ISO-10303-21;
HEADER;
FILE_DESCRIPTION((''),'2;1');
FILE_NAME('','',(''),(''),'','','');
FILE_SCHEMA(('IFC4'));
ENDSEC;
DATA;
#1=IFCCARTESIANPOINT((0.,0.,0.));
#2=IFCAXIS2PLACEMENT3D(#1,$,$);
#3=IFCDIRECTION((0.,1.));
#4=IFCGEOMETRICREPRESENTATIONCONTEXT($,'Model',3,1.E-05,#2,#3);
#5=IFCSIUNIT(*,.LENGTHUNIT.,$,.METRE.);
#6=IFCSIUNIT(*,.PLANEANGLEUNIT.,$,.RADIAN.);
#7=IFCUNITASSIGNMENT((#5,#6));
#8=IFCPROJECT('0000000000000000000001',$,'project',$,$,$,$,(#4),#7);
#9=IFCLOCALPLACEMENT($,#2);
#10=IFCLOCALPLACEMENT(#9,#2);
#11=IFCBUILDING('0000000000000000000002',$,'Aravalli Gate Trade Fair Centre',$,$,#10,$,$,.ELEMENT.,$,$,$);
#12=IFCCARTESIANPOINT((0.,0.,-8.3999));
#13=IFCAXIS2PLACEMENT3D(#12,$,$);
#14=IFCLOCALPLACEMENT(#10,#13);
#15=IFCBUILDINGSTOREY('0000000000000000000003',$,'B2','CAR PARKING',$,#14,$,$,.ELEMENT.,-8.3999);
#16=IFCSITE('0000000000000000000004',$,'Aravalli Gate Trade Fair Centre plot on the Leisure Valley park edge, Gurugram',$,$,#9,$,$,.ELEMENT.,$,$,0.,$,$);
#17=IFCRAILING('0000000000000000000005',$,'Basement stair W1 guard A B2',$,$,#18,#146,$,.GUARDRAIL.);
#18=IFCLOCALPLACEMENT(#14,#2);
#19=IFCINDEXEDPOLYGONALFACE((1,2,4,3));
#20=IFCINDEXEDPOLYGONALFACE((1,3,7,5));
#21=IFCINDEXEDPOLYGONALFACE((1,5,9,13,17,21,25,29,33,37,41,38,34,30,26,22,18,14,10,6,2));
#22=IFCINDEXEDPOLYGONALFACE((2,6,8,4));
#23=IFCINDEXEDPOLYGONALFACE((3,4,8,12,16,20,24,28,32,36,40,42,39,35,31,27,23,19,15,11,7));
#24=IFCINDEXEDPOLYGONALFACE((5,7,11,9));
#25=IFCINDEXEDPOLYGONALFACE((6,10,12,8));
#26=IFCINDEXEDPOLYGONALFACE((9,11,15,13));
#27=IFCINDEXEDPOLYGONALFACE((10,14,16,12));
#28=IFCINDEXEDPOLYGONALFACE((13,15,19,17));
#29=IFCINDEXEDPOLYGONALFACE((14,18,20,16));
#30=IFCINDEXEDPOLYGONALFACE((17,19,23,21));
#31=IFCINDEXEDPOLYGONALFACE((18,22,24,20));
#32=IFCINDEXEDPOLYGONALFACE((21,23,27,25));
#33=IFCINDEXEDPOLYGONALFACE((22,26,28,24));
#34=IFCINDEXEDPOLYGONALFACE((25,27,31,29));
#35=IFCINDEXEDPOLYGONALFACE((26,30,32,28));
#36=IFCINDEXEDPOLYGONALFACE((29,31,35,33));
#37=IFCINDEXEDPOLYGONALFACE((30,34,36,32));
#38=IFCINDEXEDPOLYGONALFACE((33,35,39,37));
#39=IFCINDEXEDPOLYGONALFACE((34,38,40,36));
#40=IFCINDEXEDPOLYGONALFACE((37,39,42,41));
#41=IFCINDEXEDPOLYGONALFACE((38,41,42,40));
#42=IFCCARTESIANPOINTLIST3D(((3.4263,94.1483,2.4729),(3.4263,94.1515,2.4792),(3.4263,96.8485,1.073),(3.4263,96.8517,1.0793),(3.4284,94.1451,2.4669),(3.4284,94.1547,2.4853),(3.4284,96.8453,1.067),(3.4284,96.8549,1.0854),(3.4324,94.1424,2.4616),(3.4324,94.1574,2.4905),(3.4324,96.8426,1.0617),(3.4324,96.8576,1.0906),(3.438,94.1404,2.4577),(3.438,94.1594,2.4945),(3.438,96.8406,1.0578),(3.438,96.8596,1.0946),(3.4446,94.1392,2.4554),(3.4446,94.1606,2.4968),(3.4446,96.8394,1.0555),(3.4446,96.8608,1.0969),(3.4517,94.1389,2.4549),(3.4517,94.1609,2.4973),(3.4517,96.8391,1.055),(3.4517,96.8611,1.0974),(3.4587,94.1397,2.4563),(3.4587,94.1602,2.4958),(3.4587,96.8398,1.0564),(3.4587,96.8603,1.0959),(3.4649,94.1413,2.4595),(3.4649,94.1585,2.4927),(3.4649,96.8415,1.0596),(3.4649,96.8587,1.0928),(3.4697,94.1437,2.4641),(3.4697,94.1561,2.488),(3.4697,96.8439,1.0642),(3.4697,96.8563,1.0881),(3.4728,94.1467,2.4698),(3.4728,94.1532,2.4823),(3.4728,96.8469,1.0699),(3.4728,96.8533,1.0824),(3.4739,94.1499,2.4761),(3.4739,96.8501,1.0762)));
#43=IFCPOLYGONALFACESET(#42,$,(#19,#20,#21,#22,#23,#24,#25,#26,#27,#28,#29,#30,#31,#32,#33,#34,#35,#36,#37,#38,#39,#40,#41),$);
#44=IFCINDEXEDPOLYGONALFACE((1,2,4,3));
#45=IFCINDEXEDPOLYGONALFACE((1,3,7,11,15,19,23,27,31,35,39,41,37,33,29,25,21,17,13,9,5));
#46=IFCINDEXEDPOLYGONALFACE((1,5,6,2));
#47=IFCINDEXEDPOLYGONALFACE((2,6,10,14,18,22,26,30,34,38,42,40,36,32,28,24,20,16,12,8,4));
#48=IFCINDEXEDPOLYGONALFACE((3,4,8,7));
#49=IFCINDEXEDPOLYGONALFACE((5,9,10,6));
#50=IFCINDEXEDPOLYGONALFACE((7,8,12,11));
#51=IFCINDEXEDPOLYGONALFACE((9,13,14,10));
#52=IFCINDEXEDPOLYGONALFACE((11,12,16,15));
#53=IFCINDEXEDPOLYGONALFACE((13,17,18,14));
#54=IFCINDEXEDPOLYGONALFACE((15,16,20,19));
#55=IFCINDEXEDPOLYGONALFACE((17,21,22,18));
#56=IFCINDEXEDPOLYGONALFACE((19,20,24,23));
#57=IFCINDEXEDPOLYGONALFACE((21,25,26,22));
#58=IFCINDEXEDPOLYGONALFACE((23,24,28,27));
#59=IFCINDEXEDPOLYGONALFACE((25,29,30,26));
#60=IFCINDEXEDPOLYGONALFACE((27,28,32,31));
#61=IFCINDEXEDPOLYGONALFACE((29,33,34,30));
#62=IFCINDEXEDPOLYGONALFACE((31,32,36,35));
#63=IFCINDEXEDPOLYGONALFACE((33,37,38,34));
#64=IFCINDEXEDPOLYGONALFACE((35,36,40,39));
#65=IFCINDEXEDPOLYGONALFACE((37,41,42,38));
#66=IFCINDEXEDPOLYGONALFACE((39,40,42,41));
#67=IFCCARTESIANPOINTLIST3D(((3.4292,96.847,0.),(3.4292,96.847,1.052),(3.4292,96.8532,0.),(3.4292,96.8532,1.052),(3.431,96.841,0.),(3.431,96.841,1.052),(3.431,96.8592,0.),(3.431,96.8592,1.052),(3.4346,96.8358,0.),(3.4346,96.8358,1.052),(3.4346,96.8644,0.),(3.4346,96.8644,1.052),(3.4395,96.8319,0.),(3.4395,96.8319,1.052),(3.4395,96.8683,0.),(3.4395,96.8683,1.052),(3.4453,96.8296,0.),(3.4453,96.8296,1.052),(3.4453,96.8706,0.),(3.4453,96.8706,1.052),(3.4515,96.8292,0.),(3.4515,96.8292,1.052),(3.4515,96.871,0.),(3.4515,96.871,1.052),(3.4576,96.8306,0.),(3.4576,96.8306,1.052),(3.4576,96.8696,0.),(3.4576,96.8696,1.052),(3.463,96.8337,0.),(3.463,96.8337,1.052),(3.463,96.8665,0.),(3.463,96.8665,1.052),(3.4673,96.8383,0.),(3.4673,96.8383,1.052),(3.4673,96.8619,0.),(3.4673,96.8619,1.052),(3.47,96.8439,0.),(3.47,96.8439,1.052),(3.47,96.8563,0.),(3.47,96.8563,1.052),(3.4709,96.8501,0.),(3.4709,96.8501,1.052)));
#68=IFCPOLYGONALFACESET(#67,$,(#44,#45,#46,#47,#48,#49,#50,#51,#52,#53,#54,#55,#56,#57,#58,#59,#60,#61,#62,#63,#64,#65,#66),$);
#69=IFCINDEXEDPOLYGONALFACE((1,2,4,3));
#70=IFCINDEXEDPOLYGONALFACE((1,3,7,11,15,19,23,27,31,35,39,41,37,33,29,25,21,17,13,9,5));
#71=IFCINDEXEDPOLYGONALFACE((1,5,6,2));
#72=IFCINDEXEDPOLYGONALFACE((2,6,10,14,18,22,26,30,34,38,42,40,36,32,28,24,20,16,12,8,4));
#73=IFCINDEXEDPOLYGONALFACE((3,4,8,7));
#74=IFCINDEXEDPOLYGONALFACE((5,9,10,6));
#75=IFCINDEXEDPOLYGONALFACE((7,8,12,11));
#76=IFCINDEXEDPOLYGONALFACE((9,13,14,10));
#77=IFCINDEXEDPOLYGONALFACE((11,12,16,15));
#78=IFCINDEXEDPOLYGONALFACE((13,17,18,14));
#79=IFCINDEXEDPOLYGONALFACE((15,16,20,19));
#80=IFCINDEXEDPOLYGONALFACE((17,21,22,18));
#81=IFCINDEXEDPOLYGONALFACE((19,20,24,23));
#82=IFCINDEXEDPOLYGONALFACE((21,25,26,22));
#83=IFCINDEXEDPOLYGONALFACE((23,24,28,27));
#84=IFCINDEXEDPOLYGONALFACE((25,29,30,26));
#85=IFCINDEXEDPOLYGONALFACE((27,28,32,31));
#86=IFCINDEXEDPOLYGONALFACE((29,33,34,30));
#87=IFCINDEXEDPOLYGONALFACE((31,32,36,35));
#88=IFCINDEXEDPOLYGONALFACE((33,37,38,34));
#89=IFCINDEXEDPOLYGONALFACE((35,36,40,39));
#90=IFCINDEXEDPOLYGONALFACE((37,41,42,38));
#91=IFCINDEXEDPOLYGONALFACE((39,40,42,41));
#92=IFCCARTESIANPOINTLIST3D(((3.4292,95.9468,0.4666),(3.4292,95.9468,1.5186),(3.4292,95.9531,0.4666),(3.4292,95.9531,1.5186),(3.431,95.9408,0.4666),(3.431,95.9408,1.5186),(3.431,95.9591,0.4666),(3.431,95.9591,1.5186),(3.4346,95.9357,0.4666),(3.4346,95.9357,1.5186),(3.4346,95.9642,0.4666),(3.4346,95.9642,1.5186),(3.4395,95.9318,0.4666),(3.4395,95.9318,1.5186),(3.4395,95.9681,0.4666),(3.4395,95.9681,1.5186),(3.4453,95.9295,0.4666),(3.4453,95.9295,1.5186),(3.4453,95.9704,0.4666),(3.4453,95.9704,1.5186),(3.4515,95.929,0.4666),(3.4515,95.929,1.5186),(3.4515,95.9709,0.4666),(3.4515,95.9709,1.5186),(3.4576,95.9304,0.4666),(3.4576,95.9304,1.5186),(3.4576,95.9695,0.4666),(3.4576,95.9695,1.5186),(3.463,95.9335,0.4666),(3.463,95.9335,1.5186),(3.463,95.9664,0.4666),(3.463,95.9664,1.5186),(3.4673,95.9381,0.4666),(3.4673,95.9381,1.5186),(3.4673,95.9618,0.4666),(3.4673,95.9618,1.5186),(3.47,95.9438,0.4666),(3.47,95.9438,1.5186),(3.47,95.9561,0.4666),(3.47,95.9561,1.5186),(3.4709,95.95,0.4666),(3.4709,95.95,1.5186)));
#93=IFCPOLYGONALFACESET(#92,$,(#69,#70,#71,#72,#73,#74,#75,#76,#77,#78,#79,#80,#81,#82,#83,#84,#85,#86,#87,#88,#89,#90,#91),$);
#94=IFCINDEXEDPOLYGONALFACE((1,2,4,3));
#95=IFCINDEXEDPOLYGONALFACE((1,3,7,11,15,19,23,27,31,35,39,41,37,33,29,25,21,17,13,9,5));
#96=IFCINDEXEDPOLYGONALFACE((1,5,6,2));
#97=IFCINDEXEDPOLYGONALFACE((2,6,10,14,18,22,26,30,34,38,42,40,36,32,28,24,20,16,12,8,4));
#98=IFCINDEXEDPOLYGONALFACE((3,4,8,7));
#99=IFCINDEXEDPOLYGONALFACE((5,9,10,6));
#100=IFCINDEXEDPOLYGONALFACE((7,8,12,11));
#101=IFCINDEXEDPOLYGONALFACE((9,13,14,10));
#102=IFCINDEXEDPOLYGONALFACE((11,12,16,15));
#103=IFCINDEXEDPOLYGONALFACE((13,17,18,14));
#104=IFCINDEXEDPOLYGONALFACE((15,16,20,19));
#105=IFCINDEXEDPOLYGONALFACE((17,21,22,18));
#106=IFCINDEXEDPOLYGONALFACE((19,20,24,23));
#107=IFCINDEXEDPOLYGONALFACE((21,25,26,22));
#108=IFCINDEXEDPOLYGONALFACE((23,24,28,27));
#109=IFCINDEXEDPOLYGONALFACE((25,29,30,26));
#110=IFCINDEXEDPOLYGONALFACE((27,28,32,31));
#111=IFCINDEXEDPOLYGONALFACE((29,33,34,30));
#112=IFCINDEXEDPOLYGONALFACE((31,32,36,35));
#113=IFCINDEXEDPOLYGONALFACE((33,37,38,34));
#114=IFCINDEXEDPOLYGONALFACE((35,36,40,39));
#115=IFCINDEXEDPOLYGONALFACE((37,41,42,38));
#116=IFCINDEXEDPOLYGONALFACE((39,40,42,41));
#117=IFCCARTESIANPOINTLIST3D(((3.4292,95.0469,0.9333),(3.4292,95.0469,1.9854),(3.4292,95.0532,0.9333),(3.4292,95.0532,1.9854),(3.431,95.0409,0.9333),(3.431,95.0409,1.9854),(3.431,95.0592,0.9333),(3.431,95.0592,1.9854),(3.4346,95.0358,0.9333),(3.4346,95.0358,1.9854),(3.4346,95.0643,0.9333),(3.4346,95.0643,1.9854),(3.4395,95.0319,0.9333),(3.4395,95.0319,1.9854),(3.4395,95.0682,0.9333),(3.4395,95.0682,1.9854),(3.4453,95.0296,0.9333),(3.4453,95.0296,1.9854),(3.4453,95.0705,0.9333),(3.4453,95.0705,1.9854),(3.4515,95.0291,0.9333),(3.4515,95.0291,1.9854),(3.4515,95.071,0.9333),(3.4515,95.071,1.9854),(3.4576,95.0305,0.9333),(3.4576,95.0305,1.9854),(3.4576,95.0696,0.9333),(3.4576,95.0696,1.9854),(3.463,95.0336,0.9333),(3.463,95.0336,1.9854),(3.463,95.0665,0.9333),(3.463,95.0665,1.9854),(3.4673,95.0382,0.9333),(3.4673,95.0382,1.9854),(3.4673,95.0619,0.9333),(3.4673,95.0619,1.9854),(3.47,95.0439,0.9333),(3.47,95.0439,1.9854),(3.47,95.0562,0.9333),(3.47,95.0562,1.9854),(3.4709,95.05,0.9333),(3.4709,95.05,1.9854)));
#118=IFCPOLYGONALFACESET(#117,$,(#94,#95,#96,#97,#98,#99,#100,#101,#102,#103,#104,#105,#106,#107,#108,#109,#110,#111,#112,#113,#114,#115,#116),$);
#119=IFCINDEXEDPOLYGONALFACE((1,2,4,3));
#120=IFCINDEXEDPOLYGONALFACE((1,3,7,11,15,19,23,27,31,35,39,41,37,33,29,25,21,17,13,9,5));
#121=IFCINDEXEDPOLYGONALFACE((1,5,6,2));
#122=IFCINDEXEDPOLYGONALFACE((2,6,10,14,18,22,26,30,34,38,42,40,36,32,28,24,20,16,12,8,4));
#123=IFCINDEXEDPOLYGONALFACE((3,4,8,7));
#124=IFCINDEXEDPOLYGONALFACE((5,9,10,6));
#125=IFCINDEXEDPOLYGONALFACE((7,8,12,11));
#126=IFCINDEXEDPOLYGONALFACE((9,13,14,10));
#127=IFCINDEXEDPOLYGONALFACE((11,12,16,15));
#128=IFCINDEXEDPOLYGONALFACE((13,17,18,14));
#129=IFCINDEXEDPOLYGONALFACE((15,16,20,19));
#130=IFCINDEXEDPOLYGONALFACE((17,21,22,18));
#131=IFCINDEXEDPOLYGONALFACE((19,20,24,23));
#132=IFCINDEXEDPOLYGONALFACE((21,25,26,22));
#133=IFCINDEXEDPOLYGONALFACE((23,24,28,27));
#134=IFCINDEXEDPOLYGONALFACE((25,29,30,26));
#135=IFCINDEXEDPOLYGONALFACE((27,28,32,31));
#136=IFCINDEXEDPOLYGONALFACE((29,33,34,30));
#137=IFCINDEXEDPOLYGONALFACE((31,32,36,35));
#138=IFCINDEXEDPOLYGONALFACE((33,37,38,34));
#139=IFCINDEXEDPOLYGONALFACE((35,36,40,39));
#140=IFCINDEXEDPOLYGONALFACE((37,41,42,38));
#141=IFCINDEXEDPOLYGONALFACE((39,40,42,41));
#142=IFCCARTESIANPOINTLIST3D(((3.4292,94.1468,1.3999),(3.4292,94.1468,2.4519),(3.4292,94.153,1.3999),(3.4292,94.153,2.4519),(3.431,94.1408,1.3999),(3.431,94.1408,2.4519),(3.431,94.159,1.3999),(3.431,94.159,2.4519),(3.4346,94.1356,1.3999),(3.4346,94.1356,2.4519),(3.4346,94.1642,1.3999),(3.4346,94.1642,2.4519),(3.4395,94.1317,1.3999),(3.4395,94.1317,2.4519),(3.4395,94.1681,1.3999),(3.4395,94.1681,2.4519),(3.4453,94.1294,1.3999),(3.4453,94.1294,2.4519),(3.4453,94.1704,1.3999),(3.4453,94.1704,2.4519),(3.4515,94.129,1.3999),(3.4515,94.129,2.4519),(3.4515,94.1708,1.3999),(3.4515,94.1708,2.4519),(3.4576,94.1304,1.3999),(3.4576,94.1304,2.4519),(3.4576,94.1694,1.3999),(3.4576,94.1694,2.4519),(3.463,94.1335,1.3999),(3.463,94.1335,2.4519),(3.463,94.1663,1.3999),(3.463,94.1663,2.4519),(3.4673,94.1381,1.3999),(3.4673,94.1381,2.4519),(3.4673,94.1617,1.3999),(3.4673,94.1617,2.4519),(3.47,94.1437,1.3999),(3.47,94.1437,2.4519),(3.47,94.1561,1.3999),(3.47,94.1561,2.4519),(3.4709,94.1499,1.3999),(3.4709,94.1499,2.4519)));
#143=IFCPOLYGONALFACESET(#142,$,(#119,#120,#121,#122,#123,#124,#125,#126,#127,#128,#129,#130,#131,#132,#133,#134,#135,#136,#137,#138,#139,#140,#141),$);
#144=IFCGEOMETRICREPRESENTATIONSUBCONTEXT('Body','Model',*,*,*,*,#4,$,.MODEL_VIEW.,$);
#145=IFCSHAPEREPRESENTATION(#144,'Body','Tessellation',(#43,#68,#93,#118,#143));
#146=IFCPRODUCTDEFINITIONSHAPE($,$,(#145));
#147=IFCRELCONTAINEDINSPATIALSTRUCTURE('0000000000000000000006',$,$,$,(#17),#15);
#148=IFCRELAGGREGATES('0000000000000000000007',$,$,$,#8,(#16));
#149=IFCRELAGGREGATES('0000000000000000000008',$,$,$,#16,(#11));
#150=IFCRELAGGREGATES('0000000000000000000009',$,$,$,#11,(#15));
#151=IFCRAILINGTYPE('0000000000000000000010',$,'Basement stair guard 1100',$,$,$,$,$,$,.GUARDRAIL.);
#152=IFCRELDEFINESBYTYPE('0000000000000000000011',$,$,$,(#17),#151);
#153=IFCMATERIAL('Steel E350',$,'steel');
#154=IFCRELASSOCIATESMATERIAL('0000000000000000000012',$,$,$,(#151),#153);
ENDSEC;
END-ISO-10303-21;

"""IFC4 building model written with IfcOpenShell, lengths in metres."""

from ifc_helpers import new_model, si_unit, direction, frame, origin, origin_2d, place, context, subcontext, project, spatial, circle, extrude, material, type_object, element, save


model = new_model("IFC4")

# Units and contexts
model_context = context("Model", 3, precision=1e-05, world=origin(), true_north=direction((0.0, 1.0)))
body_context = subcontext(model_context, "Body", "Model", "MODEL_VIEW")
ifc_project = project(units=[si_unit("LENGTHUNIT", "METRE"), si_unit("PLANEANGLEUNIT", "RADIAN")], contexts=[model_context])

# Site, building, storey
site_placement = place(None, origin())
site = spatial("IfcSite", under=ifc_project, at=site_placement, Name="Aravalli Gate Trade Fair Centre plot on the Leisure Valley park edge, Gurugram", CompositionType="ELEMENT", RefElevation=0.0)
building_placement = place(site_placement, origin())
building = spatial("IfcBuilding", under=site, at=building_placement, Name="Aravalli Gate Trade Fair Centre", CompositionType="ELEMENT")
storey_placement = place(building_placement, frame((0.0, 0.0, -8.3999)))
storey = spatial("IfcBuildingStorey", under=building, at=storey_placement, Name="B2", Description="CAR PARKING", CompositionType="ELEMENT", Elevation=-8.3999)

# Railing
ifc_material_1 = material(Name="Steel E350", Category="steel")
railing_type_1 = type_object("IfcRailingType", Name="Basement stair guard 1100", PredefinedType="GUARDRAIL", material=ifc_material_1)
railing_1_placement = place(storey_placement, frame((3.45, 96.8501, 0.0)))
element("IfcRailing", 1, at=railing_1_placement, inside=storey, type_object=railing_type_1, Name="Basement stair W1 guard A B2", PredefinedType="GUARDRAIL", context=body_context, shape_type="SweptSolid", body=[
    extrude(circle(Radius=0.0239, at=origin_2d()), frame((0.0, 0.0, 1.0762), z_axis=(0.0, -0.887781, 0.460266), x_axis=(1.0, 0.0, 0.0)), (0.0, 0.0, 1.0), 3.0415),
    extrude(circle(Radius=0.021, at=origin_2d()), origin(), (0.0, 0.0, 1.0), 1.052),
    extrude(circle(Radius=0.021, at=origin_2d()), frame((0.0, -0.9001, 0.4666)), (0.0, 0.0, 1.0), 1.052),
    extrude(circle(Radius=0.021, at=origin_2d()), frame((0.0, -1.8, 0.9333)), (0.0, 0.0, 1.0), 1.052),
    extrude(circle(Radius=0.021, at=origin_2d()), frame((0.0, -2.7002, 1.3999)), (0.0, 0.0, 1.0), 1.052),
])

save(model, "model.ifc")
